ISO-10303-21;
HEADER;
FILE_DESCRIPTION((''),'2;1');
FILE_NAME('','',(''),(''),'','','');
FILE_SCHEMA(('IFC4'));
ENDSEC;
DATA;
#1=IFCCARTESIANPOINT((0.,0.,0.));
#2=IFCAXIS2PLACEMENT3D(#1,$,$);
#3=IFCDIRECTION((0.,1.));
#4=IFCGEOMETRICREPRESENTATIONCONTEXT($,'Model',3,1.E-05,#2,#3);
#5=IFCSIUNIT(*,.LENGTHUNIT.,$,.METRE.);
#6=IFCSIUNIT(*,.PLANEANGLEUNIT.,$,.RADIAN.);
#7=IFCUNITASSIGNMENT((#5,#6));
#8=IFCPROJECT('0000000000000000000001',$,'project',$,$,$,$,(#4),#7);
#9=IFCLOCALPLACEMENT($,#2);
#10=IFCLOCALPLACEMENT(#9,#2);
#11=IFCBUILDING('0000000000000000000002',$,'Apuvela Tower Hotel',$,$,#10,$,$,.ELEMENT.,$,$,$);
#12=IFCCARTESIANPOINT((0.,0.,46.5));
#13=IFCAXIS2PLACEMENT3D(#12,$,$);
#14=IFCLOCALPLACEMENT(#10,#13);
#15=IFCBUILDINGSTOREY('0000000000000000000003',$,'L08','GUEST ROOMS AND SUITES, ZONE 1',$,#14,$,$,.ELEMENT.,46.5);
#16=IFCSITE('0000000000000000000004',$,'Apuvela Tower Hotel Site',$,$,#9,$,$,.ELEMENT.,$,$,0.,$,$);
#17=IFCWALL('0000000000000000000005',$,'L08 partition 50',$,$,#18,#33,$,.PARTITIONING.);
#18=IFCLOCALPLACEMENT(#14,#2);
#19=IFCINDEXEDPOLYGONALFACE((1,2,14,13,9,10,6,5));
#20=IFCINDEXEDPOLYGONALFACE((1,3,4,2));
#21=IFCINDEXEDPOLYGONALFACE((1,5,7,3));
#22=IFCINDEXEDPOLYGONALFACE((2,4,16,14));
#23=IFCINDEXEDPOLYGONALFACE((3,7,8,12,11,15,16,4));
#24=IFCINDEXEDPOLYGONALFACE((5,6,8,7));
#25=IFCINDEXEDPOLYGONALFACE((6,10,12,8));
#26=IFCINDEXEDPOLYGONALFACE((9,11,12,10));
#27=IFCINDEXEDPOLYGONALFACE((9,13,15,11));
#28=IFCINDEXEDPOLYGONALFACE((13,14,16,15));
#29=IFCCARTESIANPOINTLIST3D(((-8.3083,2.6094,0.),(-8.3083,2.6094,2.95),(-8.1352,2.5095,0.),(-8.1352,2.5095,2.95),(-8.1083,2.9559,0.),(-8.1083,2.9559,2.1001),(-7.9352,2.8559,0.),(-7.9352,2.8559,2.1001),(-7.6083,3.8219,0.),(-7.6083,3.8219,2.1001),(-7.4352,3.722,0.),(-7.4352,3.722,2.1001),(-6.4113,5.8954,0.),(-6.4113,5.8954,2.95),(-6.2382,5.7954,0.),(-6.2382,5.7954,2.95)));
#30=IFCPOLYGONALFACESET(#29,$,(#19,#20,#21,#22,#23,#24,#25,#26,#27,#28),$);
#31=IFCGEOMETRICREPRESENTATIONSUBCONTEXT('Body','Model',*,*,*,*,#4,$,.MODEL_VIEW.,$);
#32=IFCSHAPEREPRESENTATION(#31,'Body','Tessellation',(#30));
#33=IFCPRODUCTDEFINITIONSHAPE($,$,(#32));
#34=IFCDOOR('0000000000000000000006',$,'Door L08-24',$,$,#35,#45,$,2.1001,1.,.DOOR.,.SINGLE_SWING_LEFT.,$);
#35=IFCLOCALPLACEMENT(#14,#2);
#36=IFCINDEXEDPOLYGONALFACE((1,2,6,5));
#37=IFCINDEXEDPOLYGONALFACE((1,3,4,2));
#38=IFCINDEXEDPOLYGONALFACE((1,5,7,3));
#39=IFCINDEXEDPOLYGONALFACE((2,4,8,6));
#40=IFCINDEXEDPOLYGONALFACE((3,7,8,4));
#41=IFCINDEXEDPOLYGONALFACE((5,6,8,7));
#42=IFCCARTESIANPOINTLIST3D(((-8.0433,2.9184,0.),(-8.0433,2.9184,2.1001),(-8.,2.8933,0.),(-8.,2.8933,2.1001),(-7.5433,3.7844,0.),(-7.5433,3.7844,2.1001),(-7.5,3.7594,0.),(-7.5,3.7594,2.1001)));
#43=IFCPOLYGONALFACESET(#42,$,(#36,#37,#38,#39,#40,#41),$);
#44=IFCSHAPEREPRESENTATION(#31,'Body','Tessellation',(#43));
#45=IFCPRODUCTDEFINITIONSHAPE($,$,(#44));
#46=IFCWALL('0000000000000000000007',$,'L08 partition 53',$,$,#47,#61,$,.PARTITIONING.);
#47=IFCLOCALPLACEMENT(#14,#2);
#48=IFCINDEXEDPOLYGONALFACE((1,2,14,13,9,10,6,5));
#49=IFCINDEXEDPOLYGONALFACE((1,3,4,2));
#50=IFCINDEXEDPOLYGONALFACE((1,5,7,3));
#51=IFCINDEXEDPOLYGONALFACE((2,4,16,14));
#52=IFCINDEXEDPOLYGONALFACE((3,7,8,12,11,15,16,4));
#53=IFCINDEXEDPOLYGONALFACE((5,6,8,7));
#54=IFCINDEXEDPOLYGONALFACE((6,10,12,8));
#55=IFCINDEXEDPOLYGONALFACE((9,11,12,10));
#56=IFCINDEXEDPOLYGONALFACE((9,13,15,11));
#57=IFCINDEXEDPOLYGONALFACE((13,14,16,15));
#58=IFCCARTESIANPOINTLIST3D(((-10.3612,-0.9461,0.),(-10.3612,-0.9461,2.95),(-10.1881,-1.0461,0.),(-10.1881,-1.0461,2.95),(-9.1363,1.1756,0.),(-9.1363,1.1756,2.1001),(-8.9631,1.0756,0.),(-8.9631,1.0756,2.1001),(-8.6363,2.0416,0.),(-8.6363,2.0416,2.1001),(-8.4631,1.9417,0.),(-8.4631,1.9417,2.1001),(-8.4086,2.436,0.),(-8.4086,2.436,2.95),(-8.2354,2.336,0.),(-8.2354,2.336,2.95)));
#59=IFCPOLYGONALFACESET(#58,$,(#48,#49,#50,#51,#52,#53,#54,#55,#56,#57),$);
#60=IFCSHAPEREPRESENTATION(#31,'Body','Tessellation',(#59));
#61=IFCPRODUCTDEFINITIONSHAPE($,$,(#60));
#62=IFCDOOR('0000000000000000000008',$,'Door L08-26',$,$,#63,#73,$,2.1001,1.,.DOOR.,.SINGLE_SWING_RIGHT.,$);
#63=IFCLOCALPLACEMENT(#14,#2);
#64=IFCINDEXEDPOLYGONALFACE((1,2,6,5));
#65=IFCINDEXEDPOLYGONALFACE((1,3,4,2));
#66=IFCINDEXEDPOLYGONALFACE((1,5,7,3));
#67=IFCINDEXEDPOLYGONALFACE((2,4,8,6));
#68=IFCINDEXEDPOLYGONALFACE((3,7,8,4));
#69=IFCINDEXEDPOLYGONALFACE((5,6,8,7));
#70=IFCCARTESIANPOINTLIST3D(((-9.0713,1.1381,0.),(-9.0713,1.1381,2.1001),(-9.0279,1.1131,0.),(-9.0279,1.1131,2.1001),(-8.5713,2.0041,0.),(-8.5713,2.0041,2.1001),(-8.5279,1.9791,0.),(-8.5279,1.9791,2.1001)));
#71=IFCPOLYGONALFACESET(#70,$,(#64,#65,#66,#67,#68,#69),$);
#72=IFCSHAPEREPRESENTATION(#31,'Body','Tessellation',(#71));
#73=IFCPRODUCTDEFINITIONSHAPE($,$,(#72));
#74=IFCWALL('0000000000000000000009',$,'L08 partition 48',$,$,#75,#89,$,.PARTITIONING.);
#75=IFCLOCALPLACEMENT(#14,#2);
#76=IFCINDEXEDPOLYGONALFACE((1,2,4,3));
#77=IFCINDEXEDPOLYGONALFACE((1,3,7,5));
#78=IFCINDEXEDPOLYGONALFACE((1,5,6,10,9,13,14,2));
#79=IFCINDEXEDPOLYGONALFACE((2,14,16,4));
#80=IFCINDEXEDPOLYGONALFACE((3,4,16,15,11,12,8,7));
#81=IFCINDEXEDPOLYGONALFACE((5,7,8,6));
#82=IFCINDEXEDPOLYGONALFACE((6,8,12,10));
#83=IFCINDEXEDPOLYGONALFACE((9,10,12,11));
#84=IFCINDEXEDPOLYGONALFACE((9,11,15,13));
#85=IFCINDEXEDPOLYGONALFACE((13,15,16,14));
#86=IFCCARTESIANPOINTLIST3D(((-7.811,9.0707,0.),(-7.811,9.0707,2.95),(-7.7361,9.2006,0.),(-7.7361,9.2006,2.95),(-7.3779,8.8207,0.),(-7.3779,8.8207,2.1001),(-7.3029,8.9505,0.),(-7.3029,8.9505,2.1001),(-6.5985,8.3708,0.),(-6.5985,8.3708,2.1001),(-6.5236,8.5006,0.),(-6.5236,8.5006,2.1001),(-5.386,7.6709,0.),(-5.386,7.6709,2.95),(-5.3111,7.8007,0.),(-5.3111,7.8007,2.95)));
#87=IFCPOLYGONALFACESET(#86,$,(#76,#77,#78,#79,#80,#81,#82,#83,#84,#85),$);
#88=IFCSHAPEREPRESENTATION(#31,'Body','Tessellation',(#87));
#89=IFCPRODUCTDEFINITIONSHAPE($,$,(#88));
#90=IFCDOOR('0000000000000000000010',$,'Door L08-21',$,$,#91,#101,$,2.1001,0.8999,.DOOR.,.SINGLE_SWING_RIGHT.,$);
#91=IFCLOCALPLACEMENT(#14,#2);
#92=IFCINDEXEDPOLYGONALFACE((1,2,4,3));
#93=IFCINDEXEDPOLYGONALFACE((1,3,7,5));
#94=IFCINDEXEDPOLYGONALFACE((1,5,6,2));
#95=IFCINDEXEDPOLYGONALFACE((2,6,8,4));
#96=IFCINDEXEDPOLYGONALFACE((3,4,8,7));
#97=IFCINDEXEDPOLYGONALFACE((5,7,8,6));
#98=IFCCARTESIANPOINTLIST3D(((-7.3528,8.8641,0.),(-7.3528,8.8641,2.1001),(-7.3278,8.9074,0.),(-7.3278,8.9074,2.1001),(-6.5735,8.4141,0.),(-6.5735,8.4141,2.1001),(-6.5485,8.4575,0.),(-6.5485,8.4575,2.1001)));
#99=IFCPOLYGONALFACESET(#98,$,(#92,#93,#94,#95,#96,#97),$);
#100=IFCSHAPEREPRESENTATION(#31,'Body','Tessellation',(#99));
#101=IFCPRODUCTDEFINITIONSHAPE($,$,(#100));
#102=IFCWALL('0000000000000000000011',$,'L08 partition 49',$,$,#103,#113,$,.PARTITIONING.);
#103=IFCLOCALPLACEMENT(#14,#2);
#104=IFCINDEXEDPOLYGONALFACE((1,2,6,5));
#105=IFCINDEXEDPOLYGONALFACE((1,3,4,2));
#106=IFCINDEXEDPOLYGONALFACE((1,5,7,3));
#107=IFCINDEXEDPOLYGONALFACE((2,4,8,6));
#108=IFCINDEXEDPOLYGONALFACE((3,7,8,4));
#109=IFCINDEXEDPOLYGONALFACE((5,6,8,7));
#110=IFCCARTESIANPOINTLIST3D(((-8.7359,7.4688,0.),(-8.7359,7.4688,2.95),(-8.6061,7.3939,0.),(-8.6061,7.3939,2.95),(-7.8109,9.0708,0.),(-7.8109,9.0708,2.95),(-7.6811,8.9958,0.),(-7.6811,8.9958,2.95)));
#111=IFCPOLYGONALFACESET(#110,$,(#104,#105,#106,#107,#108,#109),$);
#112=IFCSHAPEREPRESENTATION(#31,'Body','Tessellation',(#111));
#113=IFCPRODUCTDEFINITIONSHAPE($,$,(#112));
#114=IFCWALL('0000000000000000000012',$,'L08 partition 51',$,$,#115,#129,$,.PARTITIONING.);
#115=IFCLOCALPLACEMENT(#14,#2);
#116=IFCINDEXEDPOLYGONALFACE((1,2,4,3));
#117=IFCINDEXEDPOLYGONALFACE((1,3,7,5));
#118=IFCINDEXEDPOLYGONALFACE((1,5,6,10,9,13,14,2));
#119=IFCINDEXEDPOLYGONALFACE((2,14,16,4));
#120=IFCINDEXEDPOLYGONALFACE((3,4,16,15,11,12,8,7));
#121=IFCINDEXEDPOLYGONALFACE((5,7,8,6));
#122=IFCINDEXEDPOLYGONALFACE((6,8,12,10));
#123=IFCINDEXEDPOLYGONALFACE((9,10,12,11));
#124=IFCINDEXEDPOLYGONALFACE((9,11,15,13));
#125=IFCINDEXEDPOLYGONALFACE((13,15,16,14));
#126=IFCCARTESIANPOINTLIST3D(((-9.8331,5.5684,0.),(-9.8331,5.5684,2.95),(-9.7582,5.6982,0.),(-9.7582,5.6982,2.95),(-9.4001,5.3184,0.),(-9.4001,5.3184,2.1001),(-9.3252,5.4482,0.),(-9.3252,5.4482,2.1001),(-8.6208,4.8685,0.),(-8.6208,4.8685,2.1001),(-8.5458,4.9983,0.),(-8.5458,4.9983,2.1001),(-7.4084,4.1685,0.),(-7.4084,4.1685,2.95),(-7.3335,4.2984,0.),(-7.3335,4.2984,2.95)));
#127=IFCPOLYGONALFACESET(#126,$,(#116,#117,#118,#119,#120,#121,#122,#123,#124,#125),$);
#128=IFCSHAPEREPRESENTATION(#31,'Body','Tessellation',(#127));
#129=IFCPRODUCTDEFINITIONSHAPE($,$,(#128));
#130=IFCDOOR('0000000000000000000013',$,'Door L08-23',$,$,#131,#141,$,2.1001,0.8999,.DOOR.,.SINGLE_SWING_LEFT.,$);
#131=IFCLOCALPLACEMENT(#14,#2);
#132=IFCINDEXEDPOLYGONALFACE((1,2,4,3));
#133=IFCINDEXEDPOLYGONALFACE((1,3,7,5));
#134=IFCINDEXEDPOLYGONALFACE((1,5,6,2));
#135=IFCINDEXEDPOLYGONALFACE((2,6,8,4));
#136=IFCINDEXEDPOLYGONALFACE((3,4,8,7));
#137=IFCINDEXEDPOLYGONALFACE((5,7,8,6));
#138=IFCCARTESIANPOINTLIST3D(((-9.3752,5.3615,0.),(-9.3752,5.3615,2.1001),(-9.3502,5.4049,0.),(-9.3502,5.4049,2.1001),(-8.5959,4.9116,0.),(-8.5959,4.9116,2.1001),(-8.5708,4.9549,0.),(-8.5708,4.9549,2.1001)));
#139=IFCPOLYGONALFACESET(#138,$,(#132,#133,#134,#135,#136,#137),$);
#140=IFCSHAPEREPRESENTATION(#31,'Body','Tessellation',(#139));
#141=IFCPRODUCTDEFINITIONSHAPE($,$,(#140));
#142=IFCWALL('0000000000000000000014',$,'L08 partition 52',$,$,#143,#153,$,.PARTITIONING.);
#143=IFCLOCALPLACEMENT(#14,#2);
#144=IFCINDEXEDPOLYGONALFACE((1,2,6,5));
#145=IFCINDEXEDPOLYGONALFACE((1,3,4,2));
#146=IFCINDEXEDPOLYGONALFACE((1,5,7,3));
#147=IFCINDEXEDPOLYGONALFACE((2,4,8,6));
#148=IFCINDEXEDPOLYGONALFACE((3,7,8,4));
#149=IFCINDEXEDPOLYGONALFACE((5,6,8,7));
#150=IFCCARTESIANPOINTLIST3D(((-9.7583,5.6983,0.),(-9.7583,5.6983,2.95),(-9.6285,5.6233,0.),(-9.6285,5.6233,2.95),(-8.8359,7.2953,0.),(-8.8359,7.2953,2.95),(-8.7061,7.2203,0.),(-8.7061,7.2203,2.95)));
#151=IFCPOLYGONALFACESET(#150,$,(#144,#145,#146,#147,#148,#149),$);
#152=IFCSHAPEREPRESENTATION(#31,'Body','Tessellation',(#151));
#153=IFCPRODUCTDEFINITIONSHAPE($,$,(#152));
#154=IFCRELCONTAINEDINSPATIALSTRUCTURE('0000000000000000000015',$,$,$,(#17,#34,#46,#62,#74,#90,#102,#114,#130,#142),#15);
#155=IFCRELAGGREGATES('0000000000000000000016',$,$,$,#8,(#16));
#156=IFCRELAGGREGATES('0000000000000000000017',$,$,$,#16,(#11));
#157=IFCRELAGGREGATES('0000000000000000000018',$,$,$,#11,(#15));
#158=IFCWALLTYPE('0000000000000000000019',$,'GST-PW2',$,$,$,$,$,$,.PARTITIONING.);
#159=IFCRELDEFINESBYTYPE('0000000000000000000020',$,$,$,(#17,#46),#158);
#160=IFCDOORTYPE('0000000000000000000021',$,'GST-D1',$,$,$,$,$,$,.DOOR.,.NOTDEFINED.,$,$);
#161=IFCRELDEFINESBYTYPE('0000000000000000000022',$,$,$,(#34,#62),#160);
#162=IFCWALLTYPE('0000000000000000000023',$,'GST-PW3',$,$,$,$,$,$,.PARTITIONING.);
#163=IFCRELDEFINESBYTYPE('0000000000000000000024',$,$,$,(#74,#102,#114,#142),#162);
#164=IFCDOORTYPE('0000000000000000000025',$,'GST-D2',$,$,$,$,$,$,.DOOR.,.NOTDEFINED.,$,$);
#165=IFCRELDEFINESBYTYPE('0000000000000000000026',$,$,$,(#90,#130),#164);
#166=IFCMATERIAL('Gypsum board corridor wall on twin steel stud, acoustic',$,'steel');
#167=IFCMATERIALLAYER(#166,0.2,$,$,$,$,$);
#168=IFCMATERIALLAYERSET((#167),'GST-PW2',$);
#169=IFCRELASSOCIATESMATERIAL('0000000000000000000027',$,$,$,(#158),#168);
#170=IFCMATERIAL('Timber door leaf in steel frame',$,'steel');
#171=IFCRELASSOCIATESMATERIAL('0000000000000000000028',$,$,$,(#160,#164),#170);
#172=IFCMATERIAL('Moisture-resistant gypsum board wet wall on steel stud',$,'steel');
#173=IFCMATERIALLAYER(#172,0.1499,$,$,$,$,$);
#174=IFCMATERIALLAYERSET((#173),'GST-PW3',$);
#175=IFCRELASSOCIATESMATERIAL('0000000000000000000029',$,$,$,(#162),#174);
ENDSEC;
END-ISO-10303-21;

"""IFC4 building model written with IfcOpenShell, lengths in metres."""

from ifc_helpers import new_model, si_unit, direction, frame, frame_2d, origin, place, context, subcontext, project, spatial, rectangle, extrude, material, layer, layer_set, type_object, element, fill, save


model = new_model("IFC4")

# Units and contexts
model_context = context("Model", 3, precision=1e-05, world=origin(), true_north=direction((0.0, 1.0)))
body_context = subcontext(model_context, "Body", "Model", "MODEL_VIEW")
ifc_project = project(units=[si_unit("LENGTHUNIT", "METRE"), si_unit("PLANEANGLEUNIT", "RADIAN")], contexts=[model_context])

# Site, building, storey
site_placement = place(None, origin())
site = spatial("IfcSite", under=ifc_project, at=site_placement, Name="Apuvela Tower Hotel Site", CompositionType="ELEMENT", RefElevation=0.0)
building_placement = place(site_placement, origin())
building = spatial("IfcBuilding", under=site, at=building_placement, Name="Apuvela Tower Hotel", CompositionType="ELEMENT")
storey_placement = place(building_placement, frame((0.0, 0.0, 46.5)))
storey = spatial("IfcBuildingStorey", under=building, at=storey_placement, Name="L08", Description="GUEST ROOMS AND SUITES, ZONE 1", CompositionType="ELEMENT", Elevation=46.5)

# Walls, openings, doors
ifc_material_1 = material(Name="Gypsum board corridor wall on twin steel stud, acoustic", Category="steel")
ifc_layer_1 = layer(ifc_material_1, 0.2)
ifc_layer_set_1 = layer_set([ifc_layer_1], Name="GST-PW2")
wall_type_1 = type_object("IfcWallType", Name="GST-PW2", PredefinedType="PARTITIONING", material=ifc_layer_set_1)
ifc_material_2 = material(Name="Timber door leaf in steel frame", Category="steel")
door_type_1 = type_object("IfcDoorType", Name="GST-D1", OperationType="NOTDEFINED", PredefinedType="DOOR", material=ifc_material_2)
wall_1_placement = place(storey_placement, frame((-8.2217, 2.5596, 0.0), z_axis=(0.0, 0.0, 1.0), x_axis=(0.499973, 0.866041, 0.0)))
wall_1 = element("IfcWall", 1, at=wall_1_placement, inside=storey, type_object=wall_type_1, Name="L08 partition 50", PredefinedType="PARTITIONING", context=body_context, shape_type="SweptSolid", body=[
    extrude(rectangle(XDim=3.7942, YDim=0.2, at=frame_2d((1.897, 0.0))), origin(), (0.0, 0.0, 1.0), 2.95),
])
opening_1_placement = place(wall_1_placement, frame((0.3999, 0.0, 0.0)))
opening_1 = element("IfcOpeningElement", 2, at=opening_1_placement, cuts=wall_1, PredefinedType="OPENING", context=body_context, shape_type="SweptSolid", body=[
    extrude(rectangle(XDim=1.0, YDim=2.1001, at=frame_2d((0.5, 1.05))), frame((0.0, 0.1099, 0.0), z_axis=(0.0, -1.0, 0.0), x_axis=(1.0, 0.0, 0.0)), (0.0, 0.0, 1.0), 0.22),
])
door_1_placement = place(opening_1_placement, origin())
door_1 = element("IfcDoor", 3, at=door_1_placement, inside=storey, type_object=door_type_1, Name="Door L08-24", OperationType="SINGLE_SWING_LEFT", OverallHeight=2.1001, OverallWidth=1.0, PredefinedType="DOOR", context=body_context, shape_type="SweptSolid", body=[
    extrude(rectangle(XDim=1.0, YDim=2.1001, at=frame_2d((0.5, 1.05))), frame((0.0, 0.0249, 0.0), z_axis=(0.0, -1.0, 0.0), x_axis=(1.0, 0.0, 0.0)), (0.0, 0.0, 1.0), 0.05),
])
fill(opening_1, door_1)
wall_2_placement = place(storey_placement, frame((-10.2747, -0.9961, 0.0), z_axis=(0.0, 0.0, 1.0), x_axis=(0.499998, 0.866026, 0.0)))
wall_2 = element("IfcWall", 4, at=wall_2_placement, inside=storey, type_object=wall_type_1, Name="L08 partition 53", PredefinedType="PARTITIONING", context=body_context, shape_type="SweptSolid", body=[
    extrude(rectangle(XDim=3.9053, YDim=0.2, at=frame_2d((1.9526, 0.0))), origin(), (0.0, 0.0, 1.0), 2.95),
])
opening_2_placement = place(wall_2_placement, frame((2.45, 0.0, 0.0)))
opening_2 = element("IfcOpeningElement", 5, at=opening_2_placement, cuts=wall_2, PredefinedType="OPENING", context=body_context, shape_type="SweptSolid", body=[
    extrude(rectangle(XDim=1.0, YDim=2.1001, at=frame_2d((0.5, 1.05))), frame((0.0, 0.1099, 0.0), z_axis=(0.0, -1.0, 0.0), x_axis=(1.0, 0.0, 0.0)), (0.0, 0.0, 1.0), 0.22),
])
door_2_placement = place(opening_2_placement, origin())
door_2 = element("IfcDoor", 6, at=door_2_placement, inside=storey, type_object=door_type_1, Name="Door L08-26", OperationType="SINGLE_SWING_RIGHT", OverallHeight=2.1001, OverallWidth=1.0, PredefinedType="DOOR", context=body_context, shape_type="SweptSolid", body=[
    extrude(rectangle(XDim=1.0, YDim=2.1001, at=frame_2d((0.5, 1.05))), frame((0.0, 0.0249, 0.0), z_axis=(0.0, -1.0, 0.0), x_axis=(1.0, 0.0, 0.0)), (0.0, 0.0, 1.0), 0.05),
])
fill(opening_2, door_2)
ifc_material_3 = material(Name="Moisture-resistant gypsum board wet wall on steel stud", Category="steel")
ifc_layer_2 = layer(ifc_material_3, 0.1499)
ifc_layer_set_2 = layer_set([ifc_layer_2], Name="GST-PW3")
wall_type_2 = type_object("IfcWallType", Name="GST-PW3", PredefinedType="PARTITIONING", material=ifc_layer_set_2)
wall_3_placement = place(storey_placement, frame((-5.3486, 7.7358, 0.0), z_axis=(0.0, 0.0, 1.0), x_axis=(-0.866056, 0.499946, 0.0)))
wall_3 = element("IfcWall", 7, at=wall_3_placement, inside=storey, type_object=wall_type_2, Name="L08 partition 48", PredefinedType="PARTITIONING", context=body_context, shape_type="SweptSolid", body=[
    extrude(rectangle(XDim=2.8, YDim=0.1499, at=frame_2d((1.3999, 0.0))), origin(), (0.0, 0.0, 1.0), 2.95),
])
opening_3_placement = place(wall_3_placement, frame((1.3999, 0.0, 0.0)))
opening_3 = element("IfcOpeningElement", 8, at=opening_3_placement, cuts=wall_3, PredefinedType="OPENING", context=body_context, shape_type="SweptSolid", body=[
    extrude(rectangle(XDim=0.8999, YDim=2.1001, at=frame_2d((0.45, 1.05))), frame((0.0, 0.085, 0.0), z_axis=(0.0, -1.0, 0.0), x_axis=(1.0, 0.0, 0.0)), (0.0, 0.0, 1.0), 0.1699),
])
door_type_2 = type_object("IfcDoorType", Name="GST-D2", OperationType="NOTDEFINED", PredefinedType="DOOR", material=ifc_material_2)
door_3_placement = place(opening_3_placement, origin())
door_3 = element("IfcDoor", 9, at=door_3_placement, inside=storey, type_object=door_type_2, Name="Door L08-21", OperationType="SINGLE_SWING_RIGHT", OverallHeight=2.1001, OverallWidth=0.8999, PredefinedType="DOOR", context=body_context, shape_type="SweptSolid", body=[
    extrude(rectangle(XDim=0.8999, YDim=2.1001, at=frame_2d((0.45, 1.05))), frame((0.0, 0.0249, 0.0), z_axis=(0.0, -1.0, 0.0), x_axis=(1.0, 0.0, 0.0)), (0.0, 0.0, 1.0), 0.05),
])
fill(opening_3, door_3)

# Wall
wall_4_placement = place(storey_placement, frame((-7.7461, 9.0332, 0.0), z_axis=(0.0, 0.0, 1.0), x_axis=(-0.500042, -0.866001, 0.0)))
element("IfcWall", 10, at=wall_4_placement, inside=storey, type_object=wall_type_2, Name="L08 partition 49", PredefinedType="PARTITIONING", context=body_context, shape_type="SweptSolid", body=[
    extrude(rectangle(XDim=1.8499, YDim=0.1499, at=frame_2d((0.9248, 0.0))), origin(), (0.0, 0.0, 1.0), 2.95),
])

# Wall, opening, door
wall_5_placement = place(storey_placement, frame((-9.7957, 5.6333, 0.0), z_axis=(0.0, 0.0, 1.0), x_axis=(0.866035, -0.499984, 0.0)))
wall_5 = element("IfcWall", 11, at=wall_5_placement, inside=storey, type_object=wall_type_2, Name="L08 partition 51", PredefinedType="PARTITIONING", context=body_context, shape_type="SweptSolid", body=[
    extrude(rectangle(XDim=2.7998, YDim=0.1499, at=frame_2d((1.3999, 0.0))), origin(), (0.0, 0.0, 1.0), 2.95),
])
opening_4_placement = place(wall_5_placement, frame((0.5, 0.0, 0.0)))
opening_4 = element("IfcOpeningElement", 12, at=opening_4_placement, cuts=wall_5, PredefinedType="OPENING", context=body_context, shape_type="SweptSolid", body=[
    extrude(rectangle(XDim=0.8999, YDim=2.1001, at=frame_2d((0.45, 1.05))), frame((0.0, 0.085, 0.0), z_axis=(0.0, -1.0, 0.0), x_axis=(1.0, 0.0, 0.0)), (0.0, 0.0, 1.0), 0.1699),
])
door_4_placement = place(opening_4_placement, origin())
door_4 = element("IfcDoor", 13, at=door_4_placement, inside=storey, type_object=door_type_2, Name="Door L08-23", OperationType="SINGLE_SWING_LEFT", OverallHeight=2.1001, OverallWidth=0.8999, PredefinedType="DOOR", context=body_context, shape_type="SweptSolid", body=[
    extrude(rectangle(XDim=0.8999, YDim=2.1001, at=frame_2d((0.45, 1.05))), frame((0.0, 0.0249, 0.0), z_axis=(0.0, -1.0, 0.0), x_axis=(1.0, 0.0, 0.0)), (0.0, 0.0, 1.0), 0.05),
])
fill(opening_4, door_4)

# Wall
wall_6_placement = place(storey_placement, frame((-8.771, 7.2578, 0.0), z_axis=(0.0, 0.0, 1.0), x_axis=(-0.500154, -0.865936, 0.0)))
element("IfcWall", 14, at=wall_6_placement, inside=storey, type_object=wall_type_2, Name="L08 partition 52", PredefinedType="PARTITIONING", context=body_context, shape_type="SweptSolid", body=[
    extrude(rectangle(XDim=1.8442, YDim=0.1499, at=frame_2d((0.9221, 0.0))), origin(), (0.0, 0.0, 1.0), 2.95),
])

save(model, "model.ifc")
